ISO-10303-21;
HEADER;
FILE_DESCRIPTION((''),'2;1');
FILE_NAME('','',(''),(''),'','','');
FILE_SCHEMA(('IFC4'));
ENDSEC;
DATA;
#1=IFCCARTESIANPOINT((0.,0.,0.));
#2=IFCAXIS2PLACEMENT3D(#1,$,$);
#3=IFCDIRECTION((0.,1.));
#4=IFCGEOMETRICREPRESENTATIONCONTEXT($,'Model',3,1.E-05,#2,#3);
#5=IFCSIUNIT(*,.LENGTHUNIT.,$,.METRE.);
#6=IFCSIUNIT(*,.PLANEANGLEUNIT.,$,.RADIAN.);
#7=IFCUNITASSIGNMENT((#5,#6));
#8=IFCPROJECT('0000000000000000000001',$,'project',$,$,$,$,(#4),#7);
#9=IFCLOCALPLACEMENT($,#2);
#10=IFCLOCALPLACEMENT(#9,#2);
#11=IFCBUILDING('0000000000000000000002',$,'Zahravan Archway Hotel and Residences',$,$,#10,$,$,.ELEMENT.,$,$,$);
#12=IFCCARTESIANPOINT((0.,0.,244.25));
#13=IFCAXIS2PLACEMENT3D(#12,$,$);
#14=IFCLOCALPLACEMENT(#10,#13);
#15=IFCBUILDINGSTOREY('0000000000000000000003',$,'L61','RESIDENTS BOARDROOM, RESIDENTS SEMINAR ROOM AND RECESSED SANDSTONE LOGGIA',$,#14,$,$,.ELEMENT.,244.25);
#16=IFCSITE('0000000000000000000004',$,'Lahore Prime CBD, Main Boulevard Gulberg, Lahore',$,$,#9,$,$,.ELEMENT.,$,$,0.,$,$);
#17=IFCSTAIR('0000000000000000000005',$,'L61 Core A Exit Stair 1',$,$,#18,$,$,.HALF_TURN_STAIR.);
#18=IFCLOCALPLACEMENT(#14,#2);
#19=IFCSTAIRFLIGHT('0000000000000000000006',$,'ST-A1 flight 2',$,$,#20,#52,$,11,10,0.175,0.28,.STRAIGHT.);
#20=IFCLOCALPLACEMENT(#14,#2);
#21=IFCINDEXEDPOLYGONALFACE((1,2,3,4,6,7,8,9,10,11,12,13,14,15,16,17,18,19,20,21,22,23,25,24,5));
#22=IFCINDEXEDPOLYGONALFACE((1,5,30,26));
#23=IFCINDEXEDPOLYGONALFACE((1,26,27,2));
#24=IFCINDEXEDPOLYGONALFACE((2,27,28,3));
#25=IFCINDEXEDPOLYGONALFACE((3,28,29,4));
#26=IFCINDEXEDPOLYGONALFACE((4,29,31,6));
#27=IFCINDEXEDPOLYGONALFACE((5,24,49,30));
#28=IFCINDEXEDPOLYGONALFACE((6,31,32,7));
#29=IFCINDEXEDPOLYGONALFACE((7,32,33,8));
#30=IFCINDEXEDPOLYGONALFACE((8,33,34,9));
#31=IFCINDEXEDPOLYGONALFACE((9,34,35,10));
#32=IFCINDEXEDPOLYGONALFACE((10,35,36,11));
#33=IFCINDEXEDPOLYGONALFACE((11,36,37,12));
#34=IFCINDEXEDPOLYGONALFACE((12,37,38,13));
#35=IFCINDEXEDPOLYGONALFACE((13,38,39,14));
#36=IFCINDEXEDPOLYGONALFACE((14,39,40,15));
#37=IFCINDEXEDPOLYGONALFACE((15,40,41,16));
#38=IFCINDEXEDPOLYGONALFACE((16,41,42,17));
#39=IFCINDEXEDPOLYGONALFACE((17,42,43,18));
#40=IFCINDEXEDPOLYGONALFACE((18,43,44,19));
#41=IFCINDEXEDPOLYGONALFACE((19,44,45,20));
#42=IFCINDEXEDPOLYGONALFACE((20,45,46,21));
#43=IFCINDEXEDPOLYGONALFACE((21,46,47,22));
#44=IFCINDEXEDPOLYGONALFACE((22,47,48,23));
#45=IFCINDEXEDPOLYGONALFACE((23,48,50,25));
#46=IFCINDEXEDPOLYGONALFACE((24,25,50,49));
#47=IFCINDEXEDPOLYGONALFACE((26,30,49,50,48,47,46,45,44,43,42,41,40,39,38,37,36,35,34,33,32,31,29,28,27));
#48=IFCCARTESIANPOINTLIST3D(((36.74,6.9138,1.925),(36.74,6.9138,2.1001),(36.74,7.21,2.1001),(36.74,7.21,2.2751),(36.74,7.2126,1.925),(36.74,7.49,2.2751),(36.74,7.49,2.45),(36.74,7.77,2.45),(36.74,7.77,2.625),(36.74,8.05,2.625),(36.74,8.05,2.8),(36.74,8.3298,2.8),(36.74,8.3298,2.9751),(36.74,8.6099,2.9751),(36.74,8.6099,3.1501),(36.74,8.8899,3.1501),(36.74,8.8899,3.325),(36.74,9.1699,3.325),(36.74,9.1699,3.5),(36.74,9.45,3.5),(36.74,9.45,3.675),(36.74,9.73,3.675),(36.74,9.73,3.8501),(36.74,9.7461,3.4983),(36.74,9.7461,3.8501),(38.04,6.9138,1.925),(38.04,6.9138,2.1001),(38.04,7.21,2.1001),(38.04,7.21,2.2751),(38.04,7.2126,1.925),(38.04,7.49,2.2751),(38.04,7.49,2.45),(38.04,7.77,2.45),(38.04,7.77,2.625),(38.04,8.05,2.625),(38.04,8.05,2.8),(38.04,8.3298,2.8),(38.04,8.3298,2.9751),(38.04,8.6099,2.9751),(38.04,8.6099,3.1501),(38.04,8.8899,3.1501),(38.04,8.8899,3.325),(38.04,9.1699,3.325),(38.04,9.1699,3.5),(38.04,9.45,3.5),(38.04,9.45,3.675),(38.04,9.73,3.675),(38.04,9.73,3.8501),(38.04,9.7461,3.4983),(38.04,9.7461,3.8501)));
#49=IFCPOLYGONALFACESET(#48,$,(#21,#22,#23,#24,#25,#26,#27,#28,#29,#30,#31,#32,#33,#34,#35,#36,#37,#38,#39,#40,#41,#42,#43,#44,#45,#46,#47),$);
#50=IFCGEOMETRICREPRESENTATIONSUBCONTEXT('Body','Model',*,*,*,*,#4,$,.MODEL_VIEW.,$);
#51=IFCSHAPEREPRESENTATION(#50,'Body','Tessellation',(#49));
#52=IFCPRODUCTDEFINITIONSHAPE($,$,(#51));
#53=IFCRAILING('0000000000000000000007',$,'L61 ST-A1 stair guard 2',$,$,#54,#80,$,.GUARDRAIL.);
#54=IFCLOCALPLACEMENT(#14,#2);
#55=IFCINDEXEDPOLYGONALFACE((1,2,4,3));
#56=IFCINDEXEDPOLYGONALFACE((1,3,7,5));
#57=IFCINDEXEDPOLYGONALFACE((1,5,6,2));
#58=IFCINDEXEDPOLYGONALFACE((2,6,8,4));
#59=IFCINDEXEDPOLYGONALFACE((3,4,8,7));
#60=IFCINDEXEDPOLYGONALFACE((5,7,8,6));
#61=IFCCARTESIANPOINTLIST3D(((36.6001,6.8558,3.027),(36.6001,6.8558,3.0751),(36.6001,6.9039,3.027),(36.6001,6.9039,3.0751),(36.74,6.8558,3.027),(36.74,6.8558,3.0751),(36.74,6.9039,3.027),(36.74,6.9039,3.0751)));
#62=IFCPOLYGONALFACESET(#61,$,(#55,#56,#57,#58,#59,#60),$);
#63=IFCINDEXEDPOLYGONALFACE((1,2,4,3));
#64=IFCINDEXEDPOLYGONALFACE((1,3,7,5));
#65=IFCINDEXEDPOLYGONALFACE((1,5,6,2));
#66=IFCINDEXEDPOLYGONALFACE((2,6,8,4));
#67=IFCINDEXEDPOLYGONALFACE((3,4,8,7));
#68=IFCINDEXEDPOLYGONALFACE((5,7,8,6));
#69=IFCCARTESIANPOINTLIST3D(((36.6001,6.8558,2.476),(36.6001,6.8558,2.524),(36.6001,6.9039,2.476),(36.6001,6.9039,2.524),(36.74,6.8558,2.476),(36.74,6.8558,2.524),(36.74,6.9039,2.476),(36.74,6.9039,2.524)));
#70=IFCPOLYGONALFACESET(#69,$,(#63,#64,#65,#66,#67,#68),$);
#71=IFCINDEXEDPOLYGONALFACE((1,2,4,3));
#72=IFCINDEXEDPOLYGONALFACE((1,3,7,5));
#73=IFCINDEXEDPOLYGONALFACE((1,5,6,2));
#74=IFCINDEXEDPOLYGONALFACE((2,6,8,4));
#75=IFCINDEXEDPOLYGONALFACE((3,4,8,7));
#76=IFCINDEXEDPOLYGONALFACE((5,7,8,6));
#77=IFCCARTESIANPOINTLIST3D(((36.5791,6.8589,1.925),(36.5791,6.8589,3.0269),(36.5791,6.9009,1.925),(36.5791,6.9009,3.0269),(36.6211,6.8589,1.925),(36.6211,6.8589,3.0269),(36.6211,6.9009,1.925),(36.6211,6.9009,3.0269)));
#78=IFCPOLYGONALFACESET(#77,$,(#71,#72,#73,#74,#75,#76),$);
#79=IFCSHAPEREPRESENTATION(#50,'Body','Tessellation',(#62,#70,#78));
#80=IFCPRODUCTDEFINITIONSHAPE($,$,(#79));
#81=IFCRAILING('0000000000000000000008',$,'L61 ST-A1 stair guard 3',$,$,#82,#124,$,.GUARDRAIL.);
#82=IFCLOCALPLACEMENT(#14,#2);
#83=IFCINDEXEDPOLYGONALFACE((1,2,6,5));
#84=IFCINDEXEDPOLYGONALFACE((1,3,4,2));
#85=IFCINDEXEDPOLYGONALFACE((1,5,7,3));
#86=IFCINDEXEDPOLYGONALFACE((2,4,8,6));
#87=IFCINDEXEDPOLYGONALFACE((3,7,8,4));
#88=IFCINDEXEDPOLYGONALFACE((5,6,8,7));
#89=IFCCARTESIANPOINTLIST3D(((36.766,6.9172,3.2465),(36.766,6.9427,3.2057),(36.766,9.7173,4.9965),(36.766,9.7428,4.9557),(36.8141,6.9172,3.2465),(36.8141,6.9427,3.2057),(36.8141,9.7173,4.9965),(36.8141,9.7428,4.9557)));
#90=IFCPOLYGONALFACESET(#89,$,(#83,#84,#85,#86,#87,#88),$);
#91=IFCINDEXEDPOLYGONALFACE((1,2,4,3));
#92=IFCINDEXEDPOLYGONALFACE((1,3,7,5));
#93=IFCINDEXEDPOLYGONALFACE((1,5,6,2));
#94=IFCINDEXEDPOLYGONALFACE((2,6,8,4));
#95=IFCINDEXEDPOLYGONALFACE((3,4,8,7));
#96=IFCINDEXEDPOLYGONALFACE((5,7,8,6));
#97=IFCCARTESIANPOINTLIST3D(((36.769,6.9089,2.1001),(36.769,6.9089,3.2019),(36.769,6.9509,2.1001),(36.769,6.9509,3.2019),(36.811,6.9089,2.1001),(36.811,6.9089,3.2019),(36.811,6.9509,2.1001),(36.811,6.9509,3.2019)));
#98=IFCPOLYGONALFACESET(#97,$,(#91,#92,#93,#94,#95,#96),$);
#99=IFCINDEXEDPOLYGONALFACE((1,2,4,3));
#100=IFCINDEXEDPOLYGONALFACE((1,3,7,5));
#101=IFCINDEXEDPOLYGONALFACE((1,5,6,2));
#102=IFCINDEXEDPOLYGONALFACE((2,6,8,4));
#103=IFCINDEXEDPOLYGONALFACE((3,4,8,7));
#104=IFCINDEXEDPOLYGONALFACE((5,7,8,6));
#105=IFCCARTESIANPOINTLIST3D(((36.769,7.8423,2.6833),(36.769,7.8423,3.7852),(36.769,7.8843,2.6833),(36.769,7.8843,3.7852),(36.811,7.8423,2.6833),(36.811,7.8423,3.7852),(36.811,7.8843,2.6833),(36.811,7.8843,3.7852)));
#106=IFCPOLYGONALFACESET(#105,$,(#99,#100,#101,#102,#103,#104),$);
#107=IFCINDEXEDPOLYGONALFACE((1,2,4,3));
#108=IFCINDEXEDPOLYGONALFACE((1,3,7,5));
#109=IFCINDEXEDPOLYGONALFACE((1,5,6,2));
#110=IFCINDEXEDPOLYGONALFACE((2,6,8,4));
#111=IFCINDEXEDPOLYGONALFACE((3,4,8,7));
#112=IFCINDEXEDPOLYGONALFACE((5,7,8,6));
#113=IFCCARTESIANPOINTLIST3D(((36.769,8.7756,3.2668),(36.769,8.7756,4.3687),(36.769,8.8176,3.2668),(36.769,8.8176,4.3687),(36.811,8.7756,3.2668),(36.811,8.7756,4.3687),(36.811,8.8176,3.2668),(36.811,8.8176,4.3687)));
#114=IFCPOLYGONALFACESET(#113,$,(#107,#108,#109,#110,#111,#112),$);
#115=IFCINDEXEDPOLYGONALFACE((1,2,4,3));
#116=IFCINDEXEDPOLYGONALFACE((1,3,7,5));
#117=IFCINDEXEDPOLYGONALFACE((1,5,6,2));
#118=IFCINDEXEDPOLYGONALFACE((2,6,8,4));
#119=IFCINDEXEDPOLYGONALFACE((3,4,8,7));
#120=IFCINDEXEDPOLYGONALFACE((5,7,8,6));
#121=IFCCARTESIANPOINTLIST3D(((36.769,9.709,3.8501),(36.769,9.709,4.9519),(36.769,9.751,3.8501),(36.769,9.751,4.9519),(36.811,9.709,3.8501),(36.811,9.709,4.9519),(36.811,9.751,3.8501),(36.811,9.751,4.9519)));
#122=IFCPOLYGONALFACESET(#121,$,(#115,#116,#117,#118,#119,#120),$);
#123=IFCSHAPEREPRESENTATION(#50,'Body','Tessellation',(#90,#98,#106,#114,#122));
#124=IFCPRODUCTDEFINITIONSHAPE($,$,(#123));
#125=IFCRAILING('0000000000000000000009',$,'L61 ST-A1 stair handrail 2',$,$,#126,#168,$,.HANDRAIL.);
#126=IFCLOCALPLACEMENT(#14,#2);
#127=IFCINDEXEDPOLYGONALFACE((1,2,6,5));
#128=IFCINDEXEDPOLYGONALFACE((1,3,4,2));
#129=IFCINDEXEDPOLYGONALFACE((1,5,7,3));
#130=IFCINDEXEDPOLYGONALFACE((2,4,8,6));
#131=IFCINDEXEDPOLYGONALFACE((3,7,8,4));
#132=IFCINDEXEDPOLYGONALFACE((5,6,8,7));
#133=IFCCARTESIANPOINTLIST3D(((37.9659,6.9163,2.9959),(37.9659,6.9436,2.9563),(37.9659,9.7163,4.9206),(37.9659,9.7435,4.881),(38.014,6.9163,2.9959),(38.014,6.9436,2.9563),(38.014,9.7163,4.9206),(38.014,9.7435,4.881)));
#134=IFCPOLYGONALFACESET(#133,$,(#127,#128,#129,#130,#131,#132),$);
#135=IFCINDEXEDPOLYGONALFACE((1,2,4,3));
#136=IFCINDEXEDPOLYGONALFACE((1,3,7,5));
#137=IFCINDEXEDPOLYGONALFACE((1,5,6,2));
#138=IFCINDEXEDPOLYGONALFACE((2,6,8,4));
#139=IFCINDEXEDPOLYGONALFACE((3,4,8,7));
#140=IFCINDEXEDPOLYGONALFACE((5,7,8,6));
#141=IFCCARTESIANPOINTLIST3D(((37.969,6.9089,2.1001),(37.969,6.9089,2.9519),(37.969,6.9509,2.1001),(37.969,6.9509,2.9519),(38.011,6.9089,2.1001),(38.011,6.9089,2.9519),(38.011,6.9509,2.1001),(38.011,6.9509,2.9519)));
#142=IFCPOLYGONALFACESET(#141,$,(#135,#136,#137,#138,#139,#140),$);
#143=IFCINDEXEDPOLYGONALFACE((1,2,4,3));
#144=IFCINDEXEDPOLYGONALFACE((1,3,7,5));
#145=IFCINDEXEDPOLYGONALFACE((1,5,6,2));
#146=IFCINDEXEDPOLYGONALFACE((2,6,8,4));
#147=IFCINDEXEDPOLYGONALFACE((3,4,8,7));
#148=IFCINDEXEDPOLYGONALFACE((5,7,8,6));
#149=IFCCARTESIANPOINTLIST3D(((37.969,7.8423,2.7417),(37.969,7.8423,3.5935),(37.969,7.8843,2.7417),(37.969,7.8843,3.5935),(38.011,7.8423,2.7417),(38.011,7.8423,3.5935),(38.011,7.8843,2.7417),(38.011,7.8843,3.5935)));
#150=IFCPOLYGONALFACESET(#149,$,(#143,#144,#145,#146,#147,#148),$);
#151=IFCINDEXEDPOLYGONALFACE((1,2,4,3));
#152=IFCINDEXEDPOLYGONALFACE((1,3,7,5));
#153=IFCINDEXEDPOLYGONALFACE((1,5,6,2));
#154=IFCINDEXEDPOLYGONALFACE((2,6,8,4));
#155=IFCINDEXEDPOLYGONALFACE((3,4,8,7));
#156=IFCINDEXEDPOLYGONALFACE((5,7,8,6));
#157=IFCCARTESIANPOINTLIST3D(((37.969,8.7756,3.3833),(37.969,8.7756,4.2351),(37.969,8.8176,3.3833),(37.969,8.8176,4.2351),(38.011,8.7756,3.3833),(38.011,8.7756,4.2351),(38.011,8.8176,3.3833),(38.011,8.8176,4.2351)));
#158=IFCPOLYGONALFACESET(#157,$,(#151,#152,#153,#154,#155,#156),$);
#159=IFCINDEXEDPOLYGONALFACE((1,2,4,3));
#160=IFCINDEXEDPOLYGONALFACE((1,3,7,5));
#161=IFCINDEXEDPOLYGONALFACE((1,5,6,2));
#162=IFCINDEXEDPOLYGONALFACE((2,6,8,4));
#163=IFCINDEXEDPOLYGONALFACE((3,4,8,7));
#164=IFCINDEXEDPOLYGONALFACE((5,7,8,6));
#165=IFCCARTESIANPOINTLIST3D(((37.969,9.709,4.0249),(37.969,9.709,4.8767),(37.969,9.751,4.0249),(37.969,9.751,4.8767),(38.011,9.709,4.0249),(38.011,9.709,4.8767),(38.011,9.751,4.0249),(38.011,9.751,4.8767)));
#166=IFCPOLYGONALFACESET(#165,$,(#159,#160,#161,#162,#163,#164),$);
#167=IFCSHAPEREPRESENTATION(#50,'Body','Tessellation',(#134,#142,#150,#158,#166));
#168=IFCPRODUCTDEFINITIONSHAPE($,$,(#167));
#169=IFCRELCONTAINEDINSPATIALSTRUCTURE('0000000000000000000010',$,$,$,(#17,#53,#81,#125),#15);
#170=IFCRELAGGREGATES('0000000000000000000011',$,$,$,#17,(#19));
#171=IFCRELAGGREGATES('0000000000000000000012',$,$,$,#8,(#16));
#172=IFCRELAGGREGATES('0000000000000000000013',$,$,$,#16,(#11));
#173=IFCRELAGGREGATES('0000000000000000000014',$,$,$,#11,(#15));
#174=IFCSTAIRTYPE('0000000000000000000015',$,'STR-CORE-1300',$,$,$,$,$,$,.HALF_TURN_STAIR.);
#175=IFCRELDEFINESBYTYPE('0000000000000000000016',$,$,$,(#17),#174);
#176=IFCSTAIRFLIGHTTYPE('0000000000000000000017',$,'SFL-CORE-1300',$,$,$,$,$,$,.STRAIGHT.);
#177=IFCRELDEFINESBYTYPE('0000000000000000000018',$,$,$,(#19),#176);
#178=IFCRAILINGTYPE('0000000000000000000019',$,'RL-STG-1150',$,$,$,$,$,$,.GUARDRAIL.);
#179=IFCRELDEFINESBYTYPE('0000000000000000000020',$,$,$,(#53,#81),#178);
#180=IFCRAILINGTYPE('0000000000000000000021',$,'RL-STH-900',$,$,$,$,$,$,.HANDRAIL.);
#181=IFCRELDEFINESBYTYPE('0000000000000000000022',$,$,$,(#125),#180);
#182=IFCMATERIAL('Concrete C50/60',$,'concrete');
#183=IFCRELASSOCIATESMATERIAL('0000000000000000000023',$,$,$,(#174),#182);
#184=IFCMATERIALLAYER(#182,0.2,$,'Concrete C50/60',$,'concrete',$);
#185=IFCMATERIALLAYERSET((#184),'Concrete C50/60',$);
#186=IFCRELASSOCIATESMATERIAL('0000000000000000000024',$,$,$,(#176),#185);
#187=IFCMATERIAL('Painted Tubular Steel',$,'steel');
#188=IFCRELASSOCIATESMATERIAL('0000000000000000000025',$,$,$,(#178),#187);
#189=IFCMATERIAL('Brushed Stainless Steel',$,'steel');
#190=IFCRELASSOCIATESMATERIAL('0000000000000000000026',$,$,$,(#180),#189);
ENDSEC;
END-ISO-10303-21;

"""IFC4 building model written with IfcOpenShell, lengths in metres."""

from ifc_helpers import new_model, si_unit, direction, frame, origin, origin_2d, place, context, subcontext, project, spatial, polyline, rectangle, outline, extrude, source, transform, mapped, material, layer, layer_set, type_object, element, aggregate, save


model = new_model("IFC4")

# Units and contexts
model_context = context("Model", 3, precision=1e-05, world=origin(), true_north=direction((0.0, 1.0)))
body_context = subcontext(model_context, "Body", "Model", "MODEL_VIEW")
ifc_project = project(units=[si_unit("LENGTHUNIT", "METRE"), si_unit("PLANEANGLEUNIT", "RADIAN")], contexts=[model_context])

# Site, building, storey
site_placement = place(None, origin())
site = spatial("IfcSite", under=ifc_project, at=site_placement, Name="Lahore Prime CBD, Main Boulevard Gulberg, Lahore", CompositionType="ELEMENT", RefElevation=0.0)
building_placement = place(site_placement, origin())
building = spatial("IfcBuilding", under=site, at=building_placement, Name="Zahravan Archway Hotel and Residences", CompositionType="ELEMENT")
storey_placement = place(building_placement, frame((0.0, 0.0, 244.25)))
storey = spatial("IfcBuildingStorey", under=building, at=storey_placement, Name="L61", Description="RESIDENTS BOARDROOM, RESIDENTS SEMINAR ROOM AND RECESSED SANDSTONE LOGGIA", CompositionType="ELEMENT", Elevation=244.25)

# Shared definitions
ifc_material_1 = material(Name="Concrete C50/60", Category="concrete")

# Shared definitions
ifc_material_2 = material(Name="Brushed Stainless Steel", Category="steel")

# Stair, stair flight
stair_type = type_object("IfcStairType", Name="STR-CORE-1300", PredefinedType="HALF_TURN_STAIR", material=ifc_material_1)
stair_placement = place(storey_placement, origin())
stair = element("IfcStair", 1, at=stair_placement, inside=storey, type_object=stair_type, Name="L61 Core A Exit Stair 1", PredefinedType="HALF_TURN_STAIR")
ifc_layer_1 = layer(ifc_material_1, 0.2, Name="Concrete C50/60", Category="concrete")
ifc_layer_set_1 = layer_set([ifc_layer_1], Name="Concrete C50/60")
stair_flight_type = type_object("IfcStairFlightType", Name="SFL-CORE-1300", PredefinedType="STRAIGHT", material=ifc_layer_set_1)
shared_shape_1 = source(origin(), body_context, "Body", "SweptSolid", [
    extrude(outline(polyline([(-0.0161, 0.0), (-0.0161, 0.175), (0.28, 0.175), (0.28, 0.3501), (0.5601, 0.3501), (0.5601, 0.5249), (0.8401, 0.5249), (0.8401, 0.7), (1.1201, 0.7), (1.1201, 0.875), (1.3999, 0.875), (1.3999, 1.05), (1.6799, 1.05), (1.6799, 1.2251), (1.96, 1.2251), (1.96, 1.3999), (2.24, 1.3999), (2.24, 1.575), (2.52, 1.575), (2.52, 1.75), (2.8, 1.75), (2.8, 1.925), (2.8162, 1.925), (2.8162, 1.5732), (0.2827, 0.0), (-0.0161, 0.0)])), frame((0.0, 0.6499, 0.0), z_axis=(0.0, -1.0, 0.0), x_axis=(1.0, 0.0, 0.0)), (0.0, 0.0, 1.0), 1.3),
])
stair_flight_placement = place(storey_placement, frame((37.3899, 6.9299, 1.925), z_axis=(0.0, 0.0, 1.0), x_axis=(0.0, 1.0, 0.0)))
stair_flight = element("IfcStairFlight", 2, at=stair_flight_placement, type_object=stair_flight_type, Name="ST-A1 flight 2", NumberOfRisers=11, NumberOfTreads=10, PredefinedType="STRAIGHT", RiserHeight=0.175, TreadLength=0.28, context=body_context, shape_type="MappedRepresentation", body=[
    mapped(shared_shape_1, transform((0.0, 0.0, 0.0), scale=1.0)),
])
aggregate(stair, [stair_flight])

# Railings
ifc_material_3 = material(Name="Painted Tubular Steel", Category="steel")
railing_type_1 = type_object("IfcRailingType", Name="RL-STG-1150", PredefinedType="GUARDRAIL", material=ifc_material_3)
railing_1_placement = place(storey_placement, frame((36.6001, 6.8799, 1.925)))
element("IfcRailing", 3, at=railing_1_placement, inside=storey, type_object=railing_type_1, Name="L61 ST-A1 stair guard 2", PredefinedType="GUARDRAIL", context=body_context, shape_type="SweptSolid", body=[
    extrude(rectangle(XDim=0.0481, YDim=0.0481, at=origin_2d()), frame((0.0, 0.0, 1.126), z_axis=(1.0, 0.0, 0.0), x_axis=(0.0, 1.0, 0.0)), (0.0, 0.0, 1.0), 0.1399),
    extrude(rectangle(XDim=0.0481, YDim=0.0481, at=origin_2d()), frame((0.0, 0.0, 0.575), z_axis=(1.0, 0.0, 0.0), x_axis=(0.0, 1.0, 0.0)), (0.0, 0.0, 1.0), 0.1399),
    extrude(rectangle(XDim=0.042, YDim=0.042, at=origin_2d()), origin(), (0.0, 0.0, 1.0), 1.1018),
])
railing_2_placement = place(storey_placement, frame((36.79, 6.9299, 2.1001)))
element("IfcRailing", 4, at=railing_2_placement, inside=storey, type_object=railing_type_1, Name="L61 ST-A1 stair guard 3", PredefinedType="GUARDRAIL", context=body_context, shape_type="SweptSolid", body=[
    extrude(rectangle(XDim=0.0481, YDim=0.0481, at=origin_2d()), frame((0.0, 0.0, 1.126), z_axis=(0.0, 0.848002, 0.529992), x_axis=(-1.0, 0.0, 0.0)), (0.0, 0.0, 1.0), 3.302),
    extrude(rectangle(XDim=0.042, YDim=0.042, at=origin_2d()), origin(), (0.0, 0.0, 1.0), 1.1018),
    extrude(rectangle(XDim=0.042, YDim=0.042, at=origin_2d()), frame((0.0, 0.9333, 0.5833)), (0.0, 0.0, 1.0), 1.1018),
    extrude(rectangle(XDim=0.042, YDim=0.042, at=origin_2d()), frame((0.0, 1.8667, 1.1667)), (0.0, 0.0, 1.0), 1.1018),
    extrude(rectangle(XDim=0.042, YDim=0.042, at=origin_2d()), frame((0.0, 2.8, 1.75)), (0.0, 0.0, 1.0), 1.1018),
])
railing_type_2 = type_object("IfcRailingType", Name="RL-STH-900", PredefinedType="HANDRAIL", material=ifc_material_2)
railing_3_placement = place(storey_placement, frame((37.99, 6.9299, 2.1001)))
element("IfcRailing", 5, at=railing_3_placement, inside=storey, type_object=railing_type_2, Name="L61 ST-A1 stair handrail 2", PredefinedType="HANDRAIL", context=body_context, shape_type="SweptSolid", body=[
    extrude(rectangle(XDim=0.0481, YDim=0.0481, at=origin_2d()), frame((0.0, 0.0, 0.876), z_axis=(0.0, 0.824073, 0.566483), x_axis=(-1.0, 0.0, 0.0)), (0.0, 0.0, 1.0), 3.3977),
    extrude(rectangle(XDim=0.042, YDim=0.042, at=origin_2d()), origin(), (0.0, 0.0, 1.0), 0.8518),
    extrude(rectangle(XDim=0.042, YDim=0.042, at=origin_2d()), frame((0.0, 0.9333, 0.6416)), (0.0, 0.0, 1.0), 0.8518),
    extrude(rectangle(XDim=0.042, YDim=0.042, at=origin_2d()), frame((0.0, 1.8667, 1.2832)), (0.0, 0.0, 1.0), 0.8518),
    extrude(rectangle(XDim=0.042, YDim=0.042, at=origin_2d()), frame((0.0, 2.8, 1.9248)), (0.0, 0.0, 1.0), 0.8518),
])

save(model, "model.ifc")
